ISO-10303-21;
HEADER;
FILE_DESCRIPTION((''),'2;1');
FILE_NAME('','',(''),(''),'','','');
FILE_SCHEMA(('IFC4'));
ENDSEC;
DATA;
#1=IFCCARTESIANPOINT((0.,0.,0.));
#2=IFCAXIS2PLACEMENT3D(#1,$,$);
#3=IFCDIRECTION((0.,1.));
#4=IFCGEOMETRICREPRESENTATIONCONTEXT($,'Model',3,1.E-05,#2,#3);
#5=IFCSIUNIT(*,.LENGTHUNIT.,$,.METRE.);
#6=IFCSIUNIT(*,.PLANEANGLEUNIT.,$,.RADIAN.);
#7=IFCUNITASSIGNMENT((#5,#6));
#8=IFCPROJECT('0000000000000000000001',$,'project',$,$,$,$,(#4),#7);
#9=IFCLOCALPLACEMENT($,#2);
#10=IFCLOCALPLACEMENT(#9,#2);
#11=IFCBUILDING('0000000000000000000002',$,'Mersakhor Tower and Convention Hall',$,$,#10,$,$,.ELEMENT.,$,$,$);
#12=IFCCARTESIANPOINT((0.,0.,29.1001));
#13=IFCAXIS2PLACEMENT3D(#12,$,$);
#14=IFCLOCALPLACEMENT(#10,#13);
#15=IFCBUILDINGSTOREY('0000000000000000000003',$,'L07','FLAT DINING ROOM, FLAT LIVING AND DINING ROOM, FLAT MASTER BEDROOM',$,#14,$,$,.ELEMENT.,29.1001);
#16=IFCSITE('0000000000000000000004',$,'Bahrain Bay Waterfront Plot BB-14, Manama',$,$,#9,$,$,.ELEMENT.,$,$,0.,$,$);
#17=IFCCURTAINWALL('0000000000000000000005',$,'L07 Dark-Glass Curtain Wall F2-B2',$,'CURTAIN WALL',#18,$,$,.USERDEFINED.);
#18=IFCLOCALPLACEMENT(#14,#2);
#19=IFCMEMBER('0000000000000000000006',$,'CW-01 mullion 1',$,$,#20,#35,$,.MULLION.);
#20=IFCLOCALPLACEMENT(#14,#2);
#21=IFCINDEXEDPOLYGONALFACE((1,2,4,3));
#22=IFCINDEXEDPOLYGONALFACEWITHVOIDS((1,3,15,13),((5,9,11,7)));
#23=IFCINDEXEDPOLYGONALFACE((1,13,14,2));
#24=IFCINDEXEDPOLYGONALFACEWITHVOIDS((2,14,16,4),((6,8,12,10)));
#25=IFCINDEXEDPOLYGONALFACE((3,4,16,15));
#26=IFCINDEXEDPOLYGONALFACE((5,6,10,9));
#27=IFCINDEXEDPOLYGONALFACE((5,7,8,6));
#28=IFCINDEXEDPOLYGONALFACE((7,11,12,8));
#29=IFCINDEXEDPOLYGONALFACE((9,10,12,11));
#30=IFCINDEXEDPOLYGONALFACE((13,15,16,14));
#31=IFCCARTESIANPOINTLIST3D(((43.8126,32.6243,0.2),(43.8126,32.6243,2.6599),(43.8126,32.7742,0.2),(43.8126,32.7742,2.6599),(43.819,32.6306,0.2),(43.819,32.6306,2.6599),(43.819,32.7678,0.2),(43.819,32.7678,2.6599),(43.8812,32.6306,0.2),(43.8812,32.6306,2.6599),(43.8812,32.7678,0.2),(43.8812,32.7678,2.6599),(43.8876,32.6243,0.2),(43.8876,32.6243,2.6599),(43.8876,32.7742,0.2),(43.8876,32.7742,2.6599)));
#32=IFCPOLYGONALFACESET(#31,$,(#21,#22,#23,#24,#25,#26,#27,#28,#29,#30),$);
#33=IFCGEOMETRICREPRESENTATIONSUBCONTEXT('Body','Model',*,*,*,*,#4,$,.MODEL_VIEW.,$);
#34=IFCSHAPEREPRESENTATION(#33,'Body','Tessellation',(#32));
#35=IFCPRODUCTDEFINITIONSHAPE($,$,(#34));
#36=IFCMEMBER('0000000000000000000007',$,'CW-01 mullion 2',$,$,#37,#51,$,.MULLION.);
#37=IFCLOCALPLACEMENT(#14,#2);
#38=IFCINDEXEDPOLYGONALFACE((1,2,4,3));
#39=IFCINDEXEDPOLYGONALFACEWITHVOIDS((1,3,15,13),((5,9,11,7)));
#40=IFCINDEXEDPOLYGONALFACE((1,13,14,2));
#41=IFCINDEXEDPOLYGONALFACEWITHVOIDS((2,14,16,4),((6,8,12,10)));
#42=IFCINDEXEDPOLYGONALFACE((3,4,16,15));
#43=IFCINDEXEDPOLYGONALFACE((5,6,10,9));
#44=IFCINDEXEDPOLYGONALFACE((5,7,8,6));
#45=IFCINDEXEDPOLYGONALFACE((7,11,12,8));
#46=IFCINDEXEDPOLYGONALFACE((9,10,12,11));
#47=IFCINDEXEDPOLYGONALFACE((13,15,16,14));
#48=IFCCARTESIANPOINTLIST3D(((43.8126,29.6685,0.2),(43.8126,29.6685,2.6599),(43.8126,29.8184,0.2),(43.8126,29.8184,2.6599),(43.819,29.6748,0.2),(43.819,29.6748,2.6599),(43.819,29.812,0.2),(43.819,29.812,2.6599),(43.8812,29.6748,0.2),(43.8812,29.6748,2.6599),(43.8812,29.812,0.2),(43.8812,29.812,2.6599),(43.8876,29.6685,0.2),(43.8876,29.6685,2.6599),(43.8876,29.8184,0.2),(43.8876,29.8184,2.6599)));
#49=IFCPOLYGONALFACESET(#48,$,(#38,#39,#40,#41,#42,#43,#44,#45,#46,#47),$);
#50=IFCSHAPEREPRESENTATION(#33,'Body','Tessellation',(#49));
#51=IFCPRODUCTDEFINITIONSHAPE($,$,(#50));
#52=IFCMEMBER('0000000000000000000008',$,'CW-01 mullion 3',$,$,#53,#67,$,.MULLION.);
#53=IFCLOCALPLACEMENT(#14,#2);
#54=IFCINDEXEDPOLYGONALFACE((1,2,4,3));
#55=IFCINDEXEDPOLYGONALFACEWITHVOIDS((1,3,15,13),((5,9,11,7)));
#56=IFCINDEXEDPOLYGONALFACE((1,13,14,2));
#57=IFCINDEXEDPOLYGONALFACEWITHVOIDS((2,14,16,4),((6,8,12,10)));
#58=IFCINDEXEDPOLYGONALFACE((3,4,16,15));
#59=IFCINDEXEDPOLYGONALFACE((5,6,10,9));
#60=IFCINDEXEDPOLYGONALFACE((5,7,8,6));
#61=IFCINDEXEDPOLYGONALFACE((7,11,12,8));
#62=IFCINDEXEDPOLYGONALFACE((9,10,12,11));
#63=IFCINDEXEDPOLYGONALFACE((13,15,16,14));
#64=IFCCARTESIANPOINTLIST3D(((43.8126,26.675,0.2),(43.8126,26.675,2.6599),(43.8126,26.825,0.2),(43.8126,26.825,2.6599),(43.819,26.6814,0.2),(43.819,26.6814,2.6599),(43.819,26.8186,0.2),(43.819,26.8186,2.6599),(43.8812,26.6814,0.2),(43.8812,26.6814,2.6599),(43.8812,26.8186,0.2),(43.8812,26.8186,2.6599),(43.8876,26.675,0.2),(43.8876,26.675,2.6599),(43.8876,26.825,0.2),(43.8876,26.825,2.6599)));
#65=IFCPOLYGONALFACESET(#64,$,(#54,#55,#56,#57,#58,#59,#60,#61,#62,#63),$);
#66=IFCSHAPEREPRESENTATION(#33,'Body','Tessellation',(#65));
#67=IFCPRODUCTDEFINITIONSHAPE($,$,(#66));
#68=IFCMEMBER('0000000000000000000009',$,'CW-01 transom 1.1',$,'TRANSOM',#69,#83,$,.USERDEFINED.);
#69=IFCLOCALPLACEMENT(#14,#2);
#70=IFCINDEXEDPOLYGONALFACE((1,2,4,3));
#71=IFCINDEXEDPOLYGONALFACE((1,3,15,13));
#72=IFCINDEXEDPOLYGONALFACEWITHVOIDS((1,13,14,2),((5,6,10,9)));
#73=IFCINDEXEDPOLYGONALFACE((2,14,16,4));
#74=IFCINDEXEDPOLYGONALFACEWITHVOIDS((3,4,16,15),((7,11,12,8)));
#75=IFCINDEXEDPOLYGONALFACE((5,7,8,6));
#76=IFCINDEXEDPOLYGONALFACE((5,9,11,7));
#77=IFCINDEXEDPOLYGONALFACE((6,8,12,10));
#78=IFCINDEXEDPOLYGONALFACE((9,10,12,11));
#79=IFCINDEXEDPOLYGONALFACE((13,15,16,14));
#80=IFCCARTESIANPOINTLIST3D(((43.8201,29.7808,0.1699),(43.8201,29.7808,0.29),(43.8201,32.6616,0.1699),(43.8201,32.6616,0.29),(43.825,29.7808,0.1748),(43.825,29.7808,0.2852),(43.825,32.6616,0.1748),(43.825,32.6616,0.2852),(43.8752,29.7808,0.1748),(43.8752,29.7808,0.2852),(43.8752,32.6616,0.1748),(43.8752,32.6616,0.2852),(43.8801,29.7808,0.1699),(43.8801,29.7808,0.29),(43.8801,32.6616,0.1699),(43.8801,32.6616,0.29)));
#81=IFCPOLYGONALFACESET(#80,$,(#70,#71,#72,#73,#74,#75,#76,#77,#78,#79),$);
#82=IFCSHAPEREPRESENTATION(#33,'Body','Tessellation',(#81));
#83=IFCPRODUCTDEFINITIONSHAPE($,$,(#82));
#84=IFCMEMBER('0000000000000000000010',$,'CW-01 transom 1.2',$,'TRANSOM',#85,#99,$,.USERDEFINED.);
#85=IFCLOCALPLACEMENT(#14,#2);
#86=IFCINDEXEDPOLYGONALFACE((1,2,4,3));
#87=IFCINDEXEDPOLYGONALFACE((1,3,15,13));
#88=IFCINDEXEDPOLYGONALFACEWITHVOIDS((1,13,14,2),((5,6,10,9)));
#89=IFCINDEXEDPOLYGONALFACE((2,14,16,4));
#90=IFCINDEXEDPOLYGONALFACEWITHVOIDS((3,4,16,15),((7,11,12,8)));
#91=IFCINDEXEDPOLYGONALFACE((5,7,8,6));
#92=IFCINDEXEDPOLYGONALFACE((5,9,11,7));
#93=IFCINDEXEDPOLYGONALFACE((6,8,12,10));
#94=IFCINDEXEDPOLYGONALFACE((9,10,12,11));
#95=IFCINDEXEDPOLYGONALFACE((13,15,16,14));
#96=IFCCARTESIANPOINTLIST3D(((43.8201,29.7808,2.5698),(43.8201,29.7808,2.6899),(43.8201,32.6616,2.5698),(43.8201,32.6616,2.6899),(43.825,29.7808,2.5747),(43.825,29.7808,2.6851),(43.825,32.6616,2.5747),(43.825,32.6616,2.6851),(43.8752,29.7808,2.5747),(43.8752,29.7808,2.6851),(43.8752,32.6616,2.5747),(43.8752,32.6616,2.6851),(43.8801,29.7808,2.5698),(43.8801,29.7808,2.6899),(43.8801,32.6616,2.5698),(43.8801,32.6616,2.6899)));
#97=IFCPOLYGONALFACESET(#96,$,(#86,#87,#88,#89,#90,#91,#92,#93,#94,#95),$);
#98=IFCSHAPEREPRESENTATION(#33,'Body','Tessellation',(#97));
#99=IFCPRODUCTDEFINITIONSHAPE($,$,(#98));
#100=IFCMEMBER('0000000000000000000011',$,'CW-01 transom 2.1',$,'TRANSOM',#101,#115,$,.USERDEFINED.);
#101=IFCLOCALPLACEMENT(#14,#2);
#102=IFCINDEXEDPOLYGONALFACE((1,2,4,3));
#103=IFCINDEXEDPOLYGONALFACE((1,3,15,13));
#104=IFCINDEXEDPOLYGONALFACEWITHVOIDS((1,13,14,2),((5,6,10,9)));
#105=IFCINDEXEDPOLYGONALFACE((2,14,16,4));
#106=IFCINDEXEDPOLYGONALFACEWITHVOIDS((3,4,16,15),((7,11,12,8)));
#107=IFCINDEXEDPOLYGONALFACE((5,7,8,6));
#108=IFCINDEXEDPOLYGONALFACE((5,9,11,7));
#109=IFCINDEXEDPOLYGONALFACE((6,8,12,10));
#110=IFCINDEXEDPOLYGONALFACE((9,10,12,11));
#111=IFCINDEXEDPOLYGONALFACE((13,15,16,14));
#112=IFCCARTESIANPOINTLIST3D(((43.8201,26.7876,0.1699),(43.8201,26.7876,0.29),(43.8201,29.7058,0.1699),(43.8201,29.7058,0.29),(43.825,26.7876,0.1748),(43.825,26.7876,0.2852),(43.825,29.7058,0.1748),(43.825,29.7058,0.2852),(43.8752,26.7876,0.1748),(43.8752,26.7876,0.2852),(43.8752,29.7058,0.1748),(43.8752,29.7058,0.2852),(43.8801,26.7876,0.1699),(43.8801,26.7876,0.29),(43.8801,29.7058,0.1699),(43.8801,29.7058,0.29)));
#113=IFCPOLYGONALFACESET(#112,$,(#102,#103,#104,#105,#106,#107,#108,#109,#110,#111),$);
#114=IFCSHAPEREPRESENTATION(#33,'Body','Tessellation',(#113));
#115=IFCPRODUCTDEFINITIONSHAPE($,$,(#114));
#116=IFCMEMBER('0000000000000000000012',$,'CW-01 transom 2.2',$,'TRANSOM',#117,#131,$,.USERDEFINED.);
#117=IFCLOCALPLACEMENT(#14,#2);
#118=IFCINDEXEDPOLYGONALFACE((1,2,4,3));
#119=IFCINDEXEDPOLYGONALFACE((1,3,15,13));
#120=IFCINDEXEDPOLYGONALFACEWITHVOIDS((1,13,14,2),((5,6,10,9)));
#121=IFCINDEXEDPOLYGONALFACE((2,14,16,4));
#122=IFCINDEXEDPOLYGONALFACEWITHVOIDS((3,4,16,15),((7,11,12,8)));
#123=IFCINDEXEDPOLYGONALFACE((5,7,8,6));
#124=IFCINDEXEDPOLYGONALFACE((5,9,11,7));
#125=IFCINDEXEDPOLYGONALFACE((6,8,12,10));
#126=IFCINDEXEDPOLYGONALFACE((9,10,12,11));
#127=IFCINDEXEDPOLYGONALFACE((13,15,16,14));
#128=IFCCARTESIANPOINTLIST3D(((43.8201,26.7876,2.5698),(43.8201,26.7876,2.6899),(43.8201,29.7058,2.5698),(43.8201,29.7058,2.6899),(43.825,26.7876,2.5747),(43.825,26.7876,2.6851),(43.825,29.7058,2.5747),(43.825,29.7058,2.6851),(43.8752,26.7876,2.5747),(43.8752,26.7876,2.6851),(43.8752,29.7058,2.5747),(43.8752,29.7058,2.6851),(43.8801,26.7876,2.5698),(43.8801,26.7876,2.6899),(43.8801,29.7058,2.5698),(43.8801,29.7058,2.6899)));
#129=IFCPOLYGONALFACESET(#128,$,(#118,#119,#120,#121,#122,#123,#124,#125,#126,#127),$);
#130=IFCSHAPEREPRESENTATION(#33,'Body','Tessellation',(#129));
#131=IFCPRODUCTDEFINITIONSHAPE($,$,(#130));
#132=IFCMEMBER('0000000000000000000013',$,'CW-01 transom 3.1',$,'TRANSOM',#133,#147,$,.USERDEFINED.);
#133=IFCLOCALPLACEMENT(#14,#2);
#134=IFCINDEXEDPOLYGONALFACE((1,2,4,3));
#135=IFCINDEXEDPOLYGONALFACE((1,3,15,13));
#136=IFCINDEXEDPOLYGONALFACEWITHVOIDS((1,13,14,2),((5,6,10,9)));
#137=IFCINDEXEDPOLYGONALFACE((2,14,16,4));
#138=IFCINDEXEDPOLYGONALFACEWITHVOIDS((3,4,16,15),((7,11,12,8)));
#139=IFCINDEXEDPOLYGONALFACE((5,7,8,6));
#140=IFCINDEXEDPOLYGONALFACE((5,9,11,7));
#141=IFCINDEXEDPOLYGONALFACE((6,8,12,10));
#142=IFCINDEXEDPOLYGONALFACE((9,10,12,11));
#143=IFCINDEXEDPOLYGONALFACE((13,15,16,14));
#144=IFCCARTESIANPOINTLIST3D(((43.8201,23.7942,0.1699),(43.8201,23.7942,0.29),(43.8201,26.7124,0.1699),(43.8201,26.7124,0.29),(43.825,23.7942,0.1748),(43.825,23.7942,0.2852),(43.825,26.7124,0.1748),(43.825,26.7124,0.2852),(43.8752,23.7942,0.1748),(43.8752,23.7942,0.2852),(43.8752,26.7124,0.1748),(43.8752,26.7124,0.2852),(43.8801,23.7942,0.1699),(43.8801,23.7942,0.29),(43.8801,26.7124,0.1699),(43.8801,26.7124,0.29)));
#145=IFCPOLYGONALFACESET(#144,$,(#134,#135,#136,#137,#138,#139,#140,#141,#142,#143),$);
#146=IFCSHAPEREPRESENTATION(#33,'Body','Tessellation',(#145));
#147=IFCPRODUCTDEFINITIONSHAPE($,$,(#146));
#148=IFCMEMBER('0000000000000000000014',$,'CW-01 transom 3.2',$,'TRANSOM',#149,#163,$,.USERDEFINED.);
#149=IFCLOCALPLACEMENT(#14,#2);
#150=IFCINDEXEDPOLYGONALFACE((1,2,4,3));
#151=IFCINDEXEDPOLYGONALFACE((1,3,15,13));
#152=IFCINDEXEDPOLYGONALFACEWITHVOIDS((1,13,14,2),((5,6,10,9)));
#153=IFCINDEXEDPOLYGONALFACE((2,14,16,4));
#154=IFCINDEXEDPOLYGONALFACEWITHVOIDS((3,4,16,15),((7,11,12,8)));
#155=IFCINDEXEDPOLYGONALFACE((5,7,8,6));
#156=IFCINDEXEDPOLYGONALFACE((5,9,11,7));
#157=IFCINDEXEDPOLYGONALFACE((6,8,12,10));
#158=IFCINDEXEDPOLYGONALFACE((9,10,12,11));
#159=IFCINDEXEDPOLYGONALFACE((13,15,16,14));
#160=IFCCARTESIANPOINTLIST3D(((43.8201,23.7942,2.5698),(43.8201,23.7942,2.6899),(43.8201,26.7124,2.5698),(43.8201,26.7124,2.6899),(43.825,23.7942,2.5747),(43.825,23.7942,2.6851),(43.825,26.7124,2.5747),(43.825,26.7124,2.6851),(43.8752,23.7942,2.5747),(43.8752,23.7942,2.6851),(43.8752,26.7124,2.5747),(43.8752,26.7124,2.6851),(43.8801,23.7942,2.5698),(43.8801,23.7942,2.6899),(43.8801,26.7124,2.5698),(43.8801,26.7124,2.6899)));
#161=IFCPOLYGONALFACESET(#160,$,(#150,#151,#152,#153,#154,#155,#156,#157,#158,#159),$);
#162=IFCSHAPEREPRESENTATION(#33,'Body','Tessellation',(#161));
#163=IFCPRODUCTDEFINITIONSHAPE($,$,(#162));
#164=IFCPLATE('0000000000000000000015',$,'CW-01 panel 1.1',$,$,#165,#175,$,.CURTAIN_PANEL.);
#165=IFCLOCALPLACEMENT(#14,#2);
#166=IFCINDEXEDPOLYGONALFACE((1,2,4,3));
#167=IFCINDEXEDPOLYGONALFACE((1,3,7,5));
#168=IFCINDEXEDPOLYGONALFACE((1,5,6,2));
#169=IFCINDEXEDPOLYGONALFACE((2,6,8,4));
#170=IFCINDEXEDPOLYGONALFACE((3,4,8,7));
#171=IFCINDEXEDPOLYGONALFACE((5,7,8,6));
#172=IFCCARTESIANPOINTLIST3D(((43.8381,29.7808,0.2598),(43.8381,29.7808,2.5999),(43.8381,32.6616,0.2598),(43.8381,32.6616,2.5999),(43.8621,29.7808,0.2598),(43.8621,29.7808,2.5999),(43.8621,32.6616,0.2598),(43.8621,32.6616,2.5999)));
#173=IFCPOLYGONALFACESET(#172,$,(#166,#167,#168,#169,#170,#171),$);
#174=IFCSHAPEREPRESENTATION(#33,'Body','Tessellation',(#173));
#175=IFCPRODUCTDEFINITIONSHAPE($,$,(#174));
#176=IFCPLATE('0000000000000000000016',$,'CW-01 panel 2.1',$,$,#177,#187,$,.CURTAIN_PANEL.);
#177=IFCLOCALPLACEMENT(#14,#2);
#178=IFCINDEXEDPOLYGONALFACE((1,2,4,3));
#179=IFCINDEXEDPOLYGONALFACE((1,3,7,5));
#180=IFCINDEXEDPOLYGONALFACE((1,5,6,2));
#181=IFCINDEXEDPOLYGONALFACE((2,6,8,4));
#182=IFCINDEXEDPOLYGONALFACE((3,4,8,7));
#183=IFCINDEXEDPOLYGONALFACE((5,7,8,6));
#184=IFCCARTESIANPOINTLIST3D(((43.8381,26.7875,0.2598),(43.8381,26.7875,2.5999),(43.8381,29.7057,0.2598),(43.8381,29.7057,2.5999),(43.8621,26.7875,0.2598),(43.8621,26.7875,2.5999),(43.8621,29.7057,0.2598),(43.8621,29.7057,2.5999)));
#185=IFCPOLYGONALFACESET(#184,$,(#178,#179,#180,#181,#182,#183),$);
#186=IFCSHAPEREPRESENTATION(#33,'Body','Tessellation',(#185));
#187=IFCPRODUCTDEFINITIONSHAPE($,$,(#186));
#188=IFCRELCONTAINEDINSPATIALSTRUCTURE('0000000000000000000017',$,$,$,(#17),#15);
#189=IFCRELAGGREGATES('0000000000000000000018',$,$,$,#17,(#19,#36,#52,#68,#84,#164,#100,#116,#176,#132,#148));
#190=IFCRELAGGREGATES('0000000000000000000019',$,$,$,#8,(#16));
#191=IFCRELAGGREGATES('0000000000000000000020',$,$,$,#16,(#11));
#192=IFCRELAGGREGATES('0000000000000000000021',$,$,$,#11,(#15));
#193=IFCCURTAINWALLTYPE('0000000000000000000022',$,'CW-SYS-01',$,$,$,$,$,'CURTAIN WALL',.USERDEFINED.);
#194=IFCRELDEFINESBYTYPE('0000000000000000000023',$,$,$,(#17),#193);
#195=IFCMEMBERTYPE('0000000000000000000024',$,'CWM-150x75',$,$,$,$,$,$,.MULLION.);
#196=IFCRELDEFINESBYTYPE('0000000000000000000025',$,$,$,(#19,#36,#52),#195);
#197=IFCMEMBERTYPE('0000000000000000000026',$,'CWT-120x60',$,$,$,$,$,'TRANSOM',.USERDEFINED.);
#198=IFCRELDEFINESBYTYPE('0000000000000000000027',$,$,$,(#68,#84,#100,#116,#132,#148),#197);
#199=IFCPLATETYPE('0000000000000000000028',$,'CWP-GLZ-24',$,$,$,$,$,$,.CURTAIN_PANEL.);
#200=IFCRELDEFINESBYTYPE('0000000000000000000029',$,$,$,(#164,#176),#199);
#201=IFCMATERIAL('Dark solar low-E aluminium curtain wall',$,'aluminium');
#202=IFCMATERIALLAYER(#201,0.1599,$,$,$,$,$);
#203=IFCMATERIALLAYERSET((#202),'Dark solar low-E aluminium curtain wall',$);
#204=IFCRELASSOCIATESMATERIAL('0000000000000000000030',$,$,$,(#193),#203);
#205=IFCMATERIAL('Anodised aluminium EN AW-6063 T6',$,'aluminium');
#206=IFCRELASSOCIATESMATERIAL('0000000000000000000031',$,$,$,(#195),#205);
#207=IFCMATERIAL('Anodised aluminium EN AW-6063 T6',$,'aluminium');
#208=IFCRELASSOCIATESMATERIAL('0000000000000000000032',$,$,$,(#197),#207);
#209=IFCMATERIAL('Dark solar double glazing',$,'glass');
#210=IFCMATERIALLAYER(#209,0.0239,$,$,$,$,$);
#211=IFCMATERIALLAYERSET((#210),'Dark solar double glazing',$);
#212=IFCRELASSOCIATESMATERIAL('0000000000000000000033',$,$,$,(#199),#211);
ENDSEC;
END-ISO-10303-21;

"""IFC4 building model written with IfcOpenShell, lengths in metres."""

from ifc_helpers import new_model, si_unit, direction, frame, origin, origin_2d, place, context, subcontext, project, spatial, rectangle, hollow_rectangle, extrude, material, layer, layer_set, material_profile, profile_set, type_object, element, aggregate, save


model = new_model("IFC4")

# Units and contexts
model_context = context("Model", 3, precision=1e-05, world=origin(), true_north=direction((0.0, 1.0)))
body_context = subcontext(model_context, "Body", "Model", "MODEL_VIEW")
ifc_project = project(units=[si_unit("LENGTHUNIT", "METRE"), si_unit("PLANEANGLEUNIT", "RADIAN")], contexts=[model_context])

# Site, building, storey
site_placement = place(None, origin())
site = spatial("IfcSite", under=ifc_project, at=site_placement, Name="Bahrain Bay Waterfront Plot BB-14, Manama", CompositionType="ELEMENT", RefElevation=0.0)
building_placement = place(site_placement, origin())
building = spatial("IfcBuilding", under=site, at=building_placement, Name="Mersakhor Tower and Convention Hall", CompositionType="ELEMENT")
storey_placement = place(building_placement, frame((0.0, 0.0, 29.1001)))
storey = spatial("IfcBuildingStorey", under=building, at=storey_placement, Name="L07", Description="FLAT DINING ROOM, FLAT LIVING AND DINING ROOM, FLAT MASTER BEDROOM", CompositionType="ELEMENT", Elevation=29.1001)

# Curtain wall, members, plates
ifc_material_1 = material(Name="Dark solar low-E aluminium curtain wall", Category="aluminium")
ifc_layer_1 = layer(ifc_material_1, 0.1599)
ifc_layer_set_1 = layer_set([ifc_layer_1], Name="Dark solar low-E aluminium curtain wall")
curtain_wall_type = type_object("IfcCurtainWallType", Name="CW-SYS-01", ElementType="CURTAIN WALL", PredefinedType="USERDEFINED", material=ifc_layer_set_1)
curtain_wall_placement = place(storey_placement, origin())
curtain_wall = element("IfcCurtainWall", 1, at=curtain_wall_placement, inside=storey, type_object=curtain_wall_type, Name="L07 Dark-Glass Curtain Wall F2-B2", ObjectType="CURTAIN WALL", PredefinedType="USERDEFINED")
ifc_material_2 = material(Name="Anodised aluminium EN AW-6063 T6", Category="aluminium")
ifc_material_profile_1 = material_profile(ifc_material_2, hollow_rectangle(XDim=0.075, YDim=0.1499, WallThickness=0.0063, at=origin_2d()), Name="RHS 150x75x6.3")
ifc_profile_set_1 = profile_set([ifc_material_profile_1], Name="Anodised aluminium EN AW-6063 T6")
member_type_1 = type_object("IfcMemberType", Name="CWM-150x75", PredefinedType="MULLION", material=ifc_profile_set_1)
member_1_placement = place(storey_placement, frame((43.8501, 32.6992, 0.2), z_axis=(0.0, 0.0, 1.0), x_axis=(1.0, 0.0, 0.0)))
member_1 = element("IfcMember", 2, at=member_1_placement, type_object=member_type_1, Name="CW-01 mullion 1", PredefinedType="MULLION", context=body_context, shape_type="SweptSolid", body=[
    extrude(hollow_rectangle(XDim=0.075, YDim=0.1499, WallThickness=0.0063, at=origin_2d()), origin(), (0.0, 0.0, 1.0), 2.46),
])
member_2_placement = place(storey_placement, frame((43.8501, 29.7434, 0.2), z_axis=(0.0, 0.0, 1.0), x_axis=(1.0, 0.0, 0.0)))
member_2 = element("IfcMember", 3, at=member_2_placement, type_object=member_type_1, Name="CW-01 mullion 2", PredefinedType="MULLION", context=body_context, shape_type="SweptSolid", body=[
    extrude(hollow_rectangle(XDim=0.075, YDim=0.1499, WallThickness=0.0063, at=origin_2d()), origin(), (0.0, 0.0, 1.0), 2.46),
])
member_3_placement = place(storey_placement, frame((43.8501, 26.75, 0.2), z_axis=(0.0, 0.0, 1.0), x_axis=(1.0, 0.0, 0.0)))
member_3 = element("IfcMember", 4, at=member_3_placement, type_object=member_type_1, Name="CW-01 mullion 3", PredefinedType="MULLION", context=body_context, shape_type="SweptSolid", body=[
    extrude(hollow_rectangle(XDim=0.075, YDim=0.1499, WallThickness=0.0063, at=origin_2d()), origin(), (0.0, 0.0, 1.0), 2.46),
])
ifc_material_3 = material(Name="Anodised aluminium EN AW-6063 T6", Category="aluminium")
ifc_material_profile_2 = material_profile(ifc_material_3, hollow_rectangle(XDim=0.0601, YDim=0.1201, WallThickness=0.0049, at=origin_2d()), Name="RHS 120x60x5")
ifc_profile_set_2 = profile_set([ifc_material_profile_2], Name="Anodised aluminium EN AW-6063 T6")
member_type_2 = type_object("IfcMemberType", Name="CWT-120x60", ElementType="TRANSOM", PredefinedType="USERDEFINED", material=ifc_profile_set_2)
member_4_placement = place(storey_placement, frame((43.8501, 32.6616, 0.23), z_axis=(0.0, -1.0, 0.0), x_axis=(1.0, 0.0, 0.0)))
member_4 = element("IfcMember", 5, at=member_4_placement, type_object=member_type_2, Name="CW-01 transom 1.1", ObjectType="TRANSOM", PredefinedType="USERDEFINED", context=body_context, shape_type="SweptSolid", body=[
    extrude(hollow_rectangle(XDim=0.0601, YDim=0.1201, WallThickness=0.0049, at=origin_2d()), origin(), (0.0, 0.0, 1.0), 2.8809),
])
member_5_placement = place(storey_placement, frame((43.8501, 32.6616, 2.6299), z_axis=(0.0, -1.0, 0.0), x_axis=(1.0, 0.0, 0.0)))
member_5 = element("IfcMember", 6, at=member_5_placement, type_object=member_type_2, Name="CW-01 transom 1.2", ObjectType="TRANSOM", PredefinedType="USERDEFINED", context=body_context, shape_type="SweptSolid", body=[
    extrude(hollow_rectangle(XDim=0.0601, YDim=0.1201, WallThickness=0.0049, at=origin_2d()), origin(), (0.0, 0.0, 1.0), 2.8809),
])
member_6_placement = place(storey_placement, frame((43.8501, 29.7058, 0.23), z_axis=(0.0, -1.0, 0.0), x_axis=(1.0, 0.0, 0.0)))
member_6 = element("IfcMember", 7, at=member_6_placement, type_object=member_type_2, Name="CW-01 transom 2.1", ObjectType="TRANSOM", PredefinedType="USERDEFINED", context=body_context, shape_type="SweptSolid", body=[
    extrude(hollow_rectangle(XDim=0.0601, YDim=0.1201, WallThickness=0.0049, at=origin_2d()), origin(), (0.0, 0.0, 1.0), 2.9182),
])
member_7_placement = place(storey_placement, frame((43.8501, 29.7058, 2.6299), z_axis=(0.0, -1.0, 0.0), x_axis=(1.0, 0.0, 0.0)))
member_7 = element("IfcMember", 8, at=member_7_placement, type_object=member_type_2, Name="CW-01 transom 2.2", ObjectType="TRANSOM", PredefinedType="USERDEFINED", context=body_context, shape_type="SweptSolid", body=[
    extrude(hollow_rectangle(XDim=0.0601, YDim=0.1201, WallThickness=0.0049, at=origin_2d()), origin(), (0.0, 0.0, 1.0), 2.9182),
])
member_8_placement = place(storey_placement, frame((43.8501, 26.7124, 0.23), z_axis=(0.0, -1.0, 0.0), x_axis=(1.0, 0.0, 0.0)))
member_8 = element("IfcMember", 9, at=member_8_placement, type_object=member_type_2, Name="CW-01 transom 3.1", ObjectType="TRANSOM", PredefinedType="USERDEFINED", context=body_context, shape_type="SweptSolid", body=[
    extrude(hollow_rectangle(XDim=0.0601, YDim=0.1201, WallThickness=0.0049, at=origin_2d()), origin(), (0.0, 0.0, 1.0), 2.9182),
])
member_9_placement = place(storey_placement, frame((43.8501, 26.7124, 2.6299), z_axis=(0.0, -1.0, 0.0), x_axis=(1.0, 0.0, 0.0)))
member_9 = element("IfcMember", 10, at=member_9_placement, type_object=member_type_2, Name="CW-01 transom 3.2", ObjectType="TRANSOM", PredefinedType="USERDEFINED", context=body_context, shape_type="SweptSolid", body=[
    extrude(hollow_rectangle(XDim=0.0601, YDim=0.1201, WallThickness=0.0049, at=origin_2d()), origin(), (0.0, 0.0, 1.0), 2.9182),
])
ifc_material_4 = material(Name="Dark solar double glazing", Category="glass")
ifc_layer_2 = layer(ifc_material_4, 0.0239)
ifc_layer_set_2 = layer_set([ifc_layer_2], Name="Dark solar double glazing")
plate_type_1 = type_object("IfcPlateType", Name="CWP-GLZ-24", PredefinedType="CURTAIN_PANEL", material=ifc_layer_set_2)
plate_1_placement = place(storey_placement, frame((43.8501, 31.2212, 0.2598), z_axis=(0.0, 0.0, 1.0), x_axis=(0.0, -1.0, 0.0)))
plate_1 = element("IfcPlate", 11, at=plate_1_placement, type_object=plate_type_1, Name="CW-01 panel 1.1", PredefinedType="CURTAIN_PANEL", context=body_context, shape_type="SweptSolid", body=[
    extrude(rectangle(XDim=2.8809, YDim=0.0239, at=origin_2d()), origin(), (0.0, 0.0, 1.0), 2.3401),
])
plate_2_placement = place(storey_placement, frame((43.8501, 28.2466, 0.2598), z_axis=(0.0, 0.0, 1.0), x_axis=(0.0, -1.0, 0.0)))
plate_2 = element("IfcPlate", 12, at=plate_2_placement, type_object=plate_type_1, Name="CW-01 panel 2.1", PredefinedType="CURTAIN_PANEL", context=body_context, shape_type="SweptSolid", body=[
    extrude(rectangle(XDim=2.9182, YDim=0.0239, at=origin_2d()), origin(), (0.0, 0.0, 1.0), 2.3401),
])
aggregate(curtain_wall, [member_1, member_2, member_3, member_4, member_5, plate_1, member_6, member_7, plate_2, member_8, member_9])

save(model, "model.ifc")
